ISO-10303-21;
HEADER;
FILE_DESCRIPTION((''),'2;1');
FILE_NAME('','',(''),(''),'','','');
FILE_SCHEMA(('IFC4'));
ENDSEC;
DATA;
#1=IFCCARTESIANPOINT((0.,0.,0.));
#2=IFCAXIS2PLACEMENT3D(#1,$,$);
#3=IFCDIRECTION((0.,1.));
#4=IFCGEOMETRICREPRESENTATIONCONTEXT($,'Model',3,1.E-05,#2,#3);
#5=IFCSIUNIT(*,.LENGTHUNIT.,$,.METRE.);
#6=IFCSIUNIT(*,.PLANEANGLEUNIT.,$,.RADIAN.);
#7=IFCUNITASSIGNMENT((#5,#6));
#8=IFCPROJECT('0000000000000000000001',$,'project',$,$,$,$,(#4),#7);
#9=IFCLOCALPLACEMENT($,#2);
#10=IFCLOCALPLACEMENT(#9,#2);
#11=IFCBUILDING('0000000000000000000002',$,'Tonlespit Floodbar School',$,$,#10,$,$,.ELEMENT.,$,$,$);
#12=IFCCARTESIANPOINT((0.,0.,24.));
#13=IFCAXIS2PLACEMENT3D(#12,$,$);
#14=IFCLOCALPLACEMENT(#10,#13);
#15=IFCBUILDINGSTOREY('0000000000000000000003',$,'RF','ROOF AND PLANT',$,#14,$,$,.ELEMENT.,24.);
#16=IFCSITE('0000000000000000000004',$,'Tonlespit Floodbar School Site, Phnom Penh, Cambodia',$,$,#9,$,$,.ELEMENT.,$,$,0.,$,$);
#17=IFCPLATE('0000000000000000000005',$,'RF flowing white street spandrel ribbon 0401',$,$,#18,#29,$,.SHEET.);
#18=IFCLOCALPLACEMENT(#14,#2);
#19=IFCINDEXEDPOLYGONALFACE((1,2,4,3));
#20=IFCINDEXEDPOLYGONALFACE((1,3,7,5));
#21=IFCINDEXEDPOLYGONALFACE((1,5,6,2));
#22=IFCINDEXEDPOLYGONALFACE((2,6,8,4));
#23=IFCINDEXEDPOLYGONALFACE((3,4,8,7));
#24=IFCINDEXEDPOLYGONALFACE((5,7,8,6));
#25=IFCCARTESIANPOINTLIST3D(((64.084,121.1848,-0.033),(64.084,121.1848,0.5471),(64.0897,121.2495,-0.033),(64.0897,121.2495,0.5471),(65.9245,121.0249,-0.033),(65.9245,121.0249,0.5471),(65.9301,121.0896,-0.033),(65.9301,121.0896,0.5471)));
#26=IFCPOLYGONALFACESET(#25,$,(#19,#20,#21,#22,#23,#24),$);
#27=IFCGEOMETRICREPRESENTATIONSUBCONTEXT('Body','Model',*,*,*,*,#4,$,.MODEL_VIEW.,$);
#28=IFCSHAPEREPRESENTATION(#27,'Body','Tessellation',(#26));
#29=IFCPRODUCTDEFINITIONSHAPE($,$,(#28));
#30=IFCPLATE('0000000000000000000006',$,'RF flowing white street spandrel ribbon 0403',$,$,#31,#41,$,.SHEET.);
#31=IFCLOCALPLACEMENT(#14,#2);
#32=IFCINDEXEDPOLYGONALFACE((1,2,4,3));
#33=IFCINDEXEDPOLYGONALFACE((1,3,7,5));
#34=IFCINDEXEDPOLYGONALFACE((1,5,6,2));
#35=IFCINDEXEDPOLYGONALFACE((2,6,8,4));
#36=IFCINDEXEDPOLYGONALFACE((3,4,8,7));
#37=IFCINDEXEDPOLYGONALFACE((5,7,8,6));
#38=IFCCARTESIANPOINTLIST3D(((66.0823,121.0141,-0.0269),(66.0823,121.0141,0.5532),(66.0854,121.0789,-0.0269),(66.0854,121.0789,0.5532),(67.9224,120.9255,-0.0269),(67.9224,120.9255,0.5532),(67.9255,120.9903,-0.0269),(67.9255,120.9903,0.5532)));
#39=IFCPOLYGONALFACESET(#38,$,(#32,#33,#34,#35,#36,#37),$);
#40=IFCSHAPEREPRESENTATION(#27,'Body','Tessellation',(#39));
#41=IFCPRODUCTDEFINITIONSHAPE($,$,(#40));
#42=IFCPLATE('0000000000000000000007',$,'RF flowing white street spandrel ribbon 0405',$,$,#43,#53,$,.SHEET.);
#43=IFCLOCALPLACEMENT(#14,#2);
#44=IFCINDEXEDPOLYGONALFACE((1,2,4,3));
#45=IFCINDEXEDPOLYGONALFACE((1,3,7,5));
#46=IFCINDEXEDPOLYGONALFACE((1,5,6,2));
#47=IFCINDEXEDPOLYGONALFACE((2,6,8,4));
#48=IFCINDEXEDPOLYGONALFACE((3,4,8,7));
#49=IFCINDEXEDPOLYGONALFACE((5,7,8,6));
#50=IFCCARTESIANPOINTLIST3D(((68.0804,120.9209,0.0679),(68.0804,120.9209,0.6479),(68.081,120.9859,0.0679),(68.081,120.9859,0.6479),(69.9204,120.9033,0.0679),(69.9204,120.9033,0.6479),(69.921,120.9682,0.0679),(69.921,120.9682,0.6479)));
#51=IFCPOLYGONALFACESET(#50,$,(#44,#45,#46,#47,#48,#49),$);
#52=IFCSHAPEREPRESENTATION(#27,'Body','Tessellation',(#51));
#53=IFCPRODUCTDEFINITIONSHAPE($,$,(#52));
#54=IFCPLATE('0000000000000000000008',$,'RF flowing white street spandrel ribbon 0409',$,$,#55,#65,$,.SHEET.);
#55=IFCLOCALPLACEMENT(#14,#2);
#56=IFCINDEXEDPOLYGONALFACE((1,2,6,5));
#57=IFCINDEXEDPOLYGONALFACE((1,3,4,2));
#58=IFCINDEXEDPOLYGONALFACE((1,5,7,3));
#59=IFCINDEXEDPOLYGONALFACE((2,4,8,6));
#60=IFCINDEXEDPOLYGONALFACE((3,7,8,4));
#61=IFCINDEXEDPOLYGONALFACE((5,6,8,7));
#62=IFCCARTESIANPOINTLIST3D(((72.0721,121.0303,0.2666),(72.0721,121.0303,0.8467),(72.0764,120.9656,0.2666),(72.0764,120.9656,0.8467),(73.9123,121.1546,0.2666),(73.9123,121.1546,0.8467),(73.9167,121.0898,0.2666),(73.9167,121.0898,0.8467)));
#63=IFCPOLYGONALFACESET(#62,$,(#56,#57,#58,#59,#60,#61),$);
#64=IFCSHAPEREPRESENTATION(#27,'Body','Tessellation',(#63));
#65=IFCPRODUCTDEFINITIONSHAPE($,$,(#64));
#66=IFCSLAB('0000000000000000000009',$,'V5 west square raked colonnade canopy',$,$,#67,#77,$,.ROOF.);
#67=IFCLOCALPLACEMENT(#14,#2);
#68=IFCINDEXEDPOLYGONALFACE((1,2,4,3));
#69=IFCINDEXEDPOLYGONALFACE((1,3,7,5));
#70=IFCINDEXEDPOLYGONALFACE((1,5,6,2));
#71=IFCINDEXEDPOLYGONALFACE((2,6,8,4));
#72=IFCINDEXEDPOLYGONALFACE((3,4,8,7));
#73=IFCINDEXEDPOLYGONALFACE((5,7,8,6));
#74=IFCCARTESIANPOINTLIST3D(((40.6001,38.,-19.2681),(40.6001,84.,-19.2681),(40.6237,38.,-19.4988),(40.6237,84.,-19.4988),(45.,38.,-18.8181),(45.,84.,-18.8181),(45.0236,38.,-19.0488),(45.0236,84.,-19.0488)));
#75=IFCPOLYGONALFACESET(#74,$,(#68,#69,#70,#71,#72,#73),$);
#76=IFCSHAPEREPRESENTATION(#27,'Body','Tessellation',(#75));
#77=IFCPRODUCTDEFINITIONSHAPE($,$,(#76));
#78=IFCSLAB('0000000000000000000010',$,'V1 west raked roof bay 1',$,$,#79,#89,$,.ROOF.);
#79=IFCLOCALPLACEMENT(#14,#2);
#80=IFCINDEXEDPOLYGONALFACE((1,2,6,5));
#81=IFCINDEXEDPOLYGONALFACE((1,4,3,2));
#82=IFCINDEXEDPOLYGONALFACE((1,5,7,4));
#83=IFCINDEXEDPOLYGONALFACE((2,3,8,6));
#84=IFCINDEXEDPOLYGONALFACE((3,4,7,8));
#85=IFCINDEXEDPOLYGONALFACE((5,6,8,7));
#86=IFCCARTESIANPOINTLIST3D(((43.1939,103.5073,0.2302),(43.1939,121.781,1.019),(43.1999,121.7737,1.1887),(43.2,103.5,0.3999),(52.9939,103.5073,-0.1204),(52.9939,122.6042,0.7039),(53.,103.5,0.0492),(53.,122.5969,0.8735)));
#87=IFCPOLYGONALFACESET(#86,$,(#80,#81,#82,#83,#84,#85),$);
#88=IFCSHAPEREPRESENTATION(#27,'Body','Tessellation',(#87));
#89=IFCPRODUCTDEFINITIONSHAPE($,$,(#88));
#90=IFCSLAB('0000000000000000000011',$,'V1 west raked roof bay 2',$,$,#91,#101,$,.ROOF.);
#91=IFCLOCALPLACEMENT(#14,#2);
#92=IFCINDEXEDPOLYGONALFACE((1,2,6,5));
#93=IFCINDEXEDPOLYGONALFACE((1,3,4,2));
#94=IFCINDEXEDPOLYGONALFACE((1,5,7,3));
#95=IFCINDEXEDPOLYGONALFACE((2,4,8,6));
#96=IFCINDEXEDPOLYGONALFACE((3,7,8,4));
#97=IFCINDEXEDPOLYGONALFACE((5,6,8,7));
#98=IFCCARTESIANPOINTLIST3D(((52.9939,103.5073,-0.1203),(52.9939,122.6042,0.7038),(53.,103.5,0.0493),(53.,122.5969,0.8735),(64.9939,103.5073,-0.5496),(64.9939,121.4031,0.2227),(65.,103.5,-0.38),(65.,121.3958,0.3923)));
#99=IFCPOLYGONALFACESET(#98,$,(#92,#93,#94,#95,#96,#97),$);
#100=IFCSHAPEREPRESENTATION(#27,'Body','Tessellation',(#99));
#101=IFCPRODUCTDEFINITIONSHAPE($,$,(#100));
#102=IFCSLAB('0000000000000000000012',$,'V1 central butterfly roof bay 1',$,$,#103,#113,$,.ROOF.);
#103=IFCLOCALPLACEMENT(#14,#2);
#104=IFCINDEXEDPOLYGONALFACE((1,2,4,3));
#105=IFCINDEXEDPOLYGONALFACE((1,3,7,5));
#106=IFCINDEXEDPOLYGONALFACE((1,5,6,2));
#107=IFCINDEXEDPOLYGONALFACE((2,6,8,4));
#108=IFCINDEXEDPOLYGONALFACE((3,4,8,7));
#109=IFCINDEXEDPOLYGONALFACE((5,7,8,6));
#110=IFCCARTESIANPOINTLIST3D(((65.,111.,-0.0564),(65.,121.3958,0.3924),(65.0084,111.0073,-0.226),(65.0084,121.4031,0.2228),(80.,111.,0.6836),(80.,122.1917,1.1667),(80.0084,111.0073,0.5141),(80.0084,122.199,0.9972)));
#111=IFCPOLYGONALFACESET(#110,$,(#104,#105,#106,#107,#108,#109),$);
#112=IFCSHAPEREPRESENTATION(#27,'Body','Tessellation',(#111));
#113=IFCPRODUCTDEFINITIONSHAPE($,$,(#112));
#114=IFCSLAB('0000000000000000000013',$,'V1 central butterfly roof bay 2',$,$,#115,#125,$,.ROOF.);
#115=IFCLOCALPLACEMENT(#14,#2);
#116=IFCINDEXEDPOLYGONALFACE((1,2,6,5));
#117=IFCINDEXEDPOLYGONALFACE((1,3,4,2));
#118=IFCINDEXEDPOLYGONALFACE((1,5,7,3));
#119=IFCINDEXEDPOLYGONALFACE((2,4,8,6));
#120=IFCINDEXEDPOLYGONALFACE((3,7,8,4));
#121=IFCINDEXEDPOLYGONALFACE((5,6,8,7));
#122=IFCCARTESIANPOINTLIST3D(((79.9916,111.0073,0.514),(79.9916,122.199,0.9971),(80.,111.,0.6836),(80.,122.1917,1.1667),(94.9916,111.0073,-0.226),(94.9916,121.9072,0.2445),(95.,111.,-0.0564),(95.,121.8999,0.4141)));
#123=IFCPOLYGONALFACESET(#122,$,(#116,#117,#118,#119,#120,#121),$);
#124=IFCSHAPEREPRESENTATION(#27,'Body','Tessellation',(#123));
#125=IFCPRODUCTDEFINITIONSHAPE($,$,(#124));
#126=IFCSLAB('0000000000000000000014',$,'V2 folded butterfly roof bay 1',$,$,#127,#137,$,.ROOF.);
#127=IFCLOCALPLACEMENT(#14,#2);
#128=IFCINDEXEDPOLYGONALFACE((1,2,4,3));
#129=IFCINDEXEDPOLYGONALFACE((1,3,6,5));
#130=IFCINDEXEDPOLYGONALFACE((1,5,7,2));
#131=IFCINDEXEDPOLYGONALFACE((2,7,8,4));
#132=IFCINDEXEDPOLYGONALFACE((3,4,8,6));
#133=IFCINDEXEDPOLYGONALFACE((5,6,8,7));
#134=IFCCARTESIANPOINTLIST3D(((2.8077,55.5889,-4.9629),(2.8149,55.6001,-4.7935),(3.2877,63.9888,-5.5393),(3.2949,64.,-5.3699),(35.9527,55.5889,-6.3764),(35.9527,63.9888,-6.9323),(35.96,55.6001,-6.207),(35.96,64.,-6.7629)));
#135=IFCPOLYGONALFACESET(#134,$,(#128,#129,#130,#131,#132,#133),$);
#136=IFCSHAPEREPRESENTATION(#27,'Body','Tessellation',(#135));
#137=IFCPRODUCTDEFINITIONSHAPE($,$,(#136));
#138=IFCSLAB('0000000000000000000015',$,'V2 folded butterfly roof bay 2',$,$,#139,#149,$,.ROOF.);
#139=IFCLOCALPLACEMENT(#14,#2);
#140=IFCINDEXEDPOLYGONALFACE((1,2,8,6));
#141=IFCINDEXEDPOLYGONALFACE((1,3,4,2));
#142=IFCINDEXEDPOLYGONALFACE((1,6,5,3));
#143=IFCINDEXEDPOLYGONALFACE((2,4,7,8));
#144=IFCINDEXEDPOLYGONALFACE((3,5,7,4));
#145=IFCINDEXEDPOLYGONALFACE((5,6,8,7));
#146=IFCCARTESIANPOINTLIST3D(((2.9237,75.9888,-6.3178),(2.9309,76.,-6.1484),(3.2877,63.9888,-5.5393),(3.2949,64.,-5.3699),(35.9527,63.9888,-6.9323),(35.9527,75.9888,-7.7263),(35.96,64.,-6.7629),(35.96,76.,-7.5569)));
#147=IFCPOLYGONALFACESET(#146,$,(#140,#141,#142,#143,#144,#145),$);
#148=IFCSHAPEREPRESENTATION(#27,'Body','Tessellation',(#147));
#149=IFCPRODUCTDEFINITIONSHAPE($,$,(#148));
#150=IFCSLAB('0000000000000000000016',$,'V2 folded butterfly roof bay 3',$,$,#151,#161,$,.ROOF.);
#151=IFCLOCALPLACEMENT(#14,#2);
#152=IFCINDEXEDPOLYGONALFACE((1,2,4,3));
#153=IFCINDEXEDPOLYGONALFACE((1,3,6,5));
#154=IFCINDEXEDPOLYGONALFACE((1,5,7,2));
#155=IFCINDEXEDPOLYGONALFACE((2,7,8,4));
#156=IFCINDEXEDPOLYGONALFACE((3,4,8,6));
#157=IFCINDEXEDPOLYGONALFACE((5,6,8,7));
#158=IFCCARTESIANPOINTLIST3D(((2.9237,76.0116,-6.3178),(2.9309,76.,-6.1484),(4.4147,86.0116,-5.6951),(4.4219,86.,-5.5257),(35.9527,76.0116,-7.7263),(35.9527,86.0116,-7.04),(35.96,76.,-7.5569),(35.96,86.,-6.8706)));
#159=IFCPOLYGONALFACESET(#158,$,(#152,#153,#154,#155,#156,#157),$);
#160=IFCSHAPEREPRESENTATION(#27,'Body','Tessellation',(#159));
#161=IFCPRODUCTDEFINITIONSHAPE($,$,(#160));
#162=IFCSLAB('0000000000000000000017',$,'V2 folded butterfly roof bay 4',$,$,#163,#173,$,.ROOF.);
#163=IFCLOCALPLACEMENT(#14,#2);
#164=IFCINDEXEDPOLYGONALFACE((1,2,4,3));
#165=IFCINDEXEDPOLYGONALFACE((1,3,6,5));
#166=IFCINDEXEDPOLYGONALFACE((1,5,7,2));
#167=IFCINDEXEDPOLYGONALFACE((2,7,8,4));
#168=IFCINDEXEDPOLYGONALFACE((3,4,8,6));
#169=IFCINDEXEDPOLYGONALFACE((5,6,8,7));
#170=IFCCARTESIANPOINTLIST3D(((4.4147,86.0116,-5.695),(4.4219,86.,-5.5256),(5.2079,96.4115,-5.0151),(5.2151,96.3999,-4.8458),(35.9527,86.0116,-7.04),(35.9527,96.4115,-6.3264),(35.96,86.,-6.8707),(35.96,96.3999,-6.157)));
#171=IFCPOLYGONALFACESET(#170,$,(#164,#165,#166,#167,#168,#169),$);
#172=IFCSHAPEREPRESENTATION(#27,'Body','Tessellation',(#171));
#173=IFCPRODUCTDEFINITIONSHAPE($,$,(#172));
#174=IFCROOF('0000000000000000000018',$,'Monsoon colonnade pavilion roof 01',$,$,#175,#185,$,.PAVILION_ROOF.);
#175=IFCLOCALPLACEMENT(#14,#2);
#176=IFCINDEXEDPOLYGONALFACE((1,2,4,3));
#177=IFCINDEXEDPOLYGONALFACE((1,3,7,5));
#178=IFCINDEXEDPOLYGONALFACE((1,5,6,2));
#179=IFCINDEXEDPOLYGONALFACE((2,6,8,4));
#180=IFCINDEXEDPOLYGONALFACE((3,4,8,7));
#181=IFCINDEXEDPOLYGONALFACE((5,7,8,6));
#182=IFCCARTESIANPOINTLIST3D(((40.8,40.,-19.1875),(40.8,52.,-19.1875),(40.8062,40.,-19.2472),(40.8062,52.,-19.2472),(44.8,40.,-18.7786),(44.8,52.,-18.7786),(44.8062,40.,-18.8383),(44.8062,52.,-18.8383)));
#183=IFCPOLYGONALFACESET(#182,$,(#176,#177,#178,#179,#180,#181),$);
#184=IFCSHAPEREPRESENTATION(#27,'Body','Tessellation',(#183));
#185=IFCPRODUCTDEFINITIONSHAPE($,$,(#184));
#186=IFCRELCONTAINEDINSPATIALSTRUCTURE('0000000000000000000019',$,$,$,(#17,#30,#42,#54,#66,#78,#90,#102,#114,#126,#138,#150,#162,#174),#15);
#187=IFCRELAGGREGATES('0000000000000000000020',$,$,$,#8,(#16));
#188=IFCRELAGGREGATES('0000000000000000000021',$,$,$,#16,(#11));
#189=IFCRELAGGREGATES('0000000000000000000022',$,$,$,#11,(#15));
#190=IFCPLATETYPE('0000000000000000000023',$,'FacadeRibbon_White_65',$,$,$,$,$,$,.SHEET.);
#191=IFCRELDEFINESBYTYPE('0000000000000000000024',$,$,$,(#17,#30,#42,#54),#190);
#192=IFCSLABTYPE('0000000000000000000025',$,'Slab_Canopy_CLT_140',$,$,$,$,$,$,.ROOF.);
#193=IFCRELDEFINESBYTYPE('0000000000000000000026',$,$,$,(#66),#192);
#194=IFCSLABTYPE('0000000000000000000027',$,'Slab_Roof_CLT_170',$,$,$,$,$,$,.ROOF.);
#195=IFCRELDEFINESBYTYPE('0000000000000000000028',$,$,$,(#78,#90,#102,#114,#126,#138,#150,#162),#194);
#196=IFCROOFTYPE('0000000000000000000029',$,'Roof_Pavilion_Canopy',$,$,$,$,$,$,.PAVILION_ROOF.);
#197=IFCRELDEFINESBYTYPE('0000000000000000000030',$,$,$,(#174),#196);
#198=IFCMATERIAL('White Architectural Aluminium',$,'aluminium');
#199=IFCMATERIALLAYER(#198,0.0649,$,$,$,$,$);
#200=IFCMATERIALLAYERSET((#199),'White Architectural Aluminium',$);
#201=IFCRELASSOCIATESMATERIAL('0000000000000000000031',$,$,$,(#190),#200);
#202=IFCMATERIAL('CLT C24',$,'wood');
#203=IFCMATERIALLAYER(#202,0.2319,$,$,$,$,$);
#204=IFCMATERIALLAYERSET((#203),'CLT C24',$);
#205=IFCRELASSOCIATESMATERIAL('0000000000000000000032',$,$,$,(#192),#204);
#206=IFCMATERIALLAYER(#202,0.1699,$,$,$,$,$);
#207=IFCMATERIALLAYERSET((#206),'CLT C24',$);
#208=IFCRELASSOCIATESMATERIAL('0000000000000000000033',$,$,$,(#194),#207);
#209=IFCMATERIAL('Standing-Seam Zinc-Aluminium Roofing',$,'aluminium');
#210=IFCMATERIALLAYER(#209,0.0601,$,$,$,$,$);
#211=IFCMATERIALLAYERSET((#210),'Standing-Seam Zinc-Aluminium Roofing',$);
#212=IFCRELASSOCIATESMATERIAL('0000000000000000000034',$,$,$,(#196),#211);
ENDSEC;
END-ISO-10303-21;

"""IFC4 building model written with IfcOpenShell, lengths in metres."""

from ifc_helpers import new_model, si_unit, direction, frame, origin, origin_2d, place, context, subcontext, project, spatial, polyline, rectangle, outline, extrude, material, layer, layer_set, type_object, element, save


model = new_model("IFC4")

# Units and contexts
model_context = context("Model", 3, precision=1e-05, world=origin(), true_north=direction((0.0, 1.0)))
body_context = subcontext(model_context, "Body", "Model", "MODEL_VIEW")
ifc_project = project(units=[si_unit("LENGTHUNIT", "METRE"), si_unit("PLANEANGLEUNIT", "RADIAN")], contexts=[model_context])

# Site, building, storey
site_placement = place(None, origin())
site = spatial("IfcSite", under=ifc_project, at=site_placement, Name="Tonlespit Floodbar School Site, Phnom Penh, Cambodia", CompositionType="ELEMENT", RefElevation=0.0)
building_placement = place(site_placement, origin())
building = spatial("IfcBuilding", under=site, at=building_placement, Name="Tonlespit Floodbar School", CompositionType="ELEMENT")
storey_placement = place(building_placement, frame((0.0, 0.0, 24.0)))
storey = spatial("IfcBuildingStorey", under=building, at=storey_placement, Name="RF", Description="ROOF AND PLANT", CompositionType="ELEMENT", Elevation=24.0)

# Plates
ifc_material_1 = material(Name="White Architectural Aluminium", Category="aluminium")
ifc_layer_1 = layer(ifc_material_1, 0.0649)
ifc_layer_set_1 = layer_set([ifc_layer_1], Name="White Architectural Aluminium")
plate_type = type_object("IfcPlateType", Name="FacadeRibbon_White_65", PredefinedType="SHEET", material=ifc_layer_set_1)
plate_1_placement = place(storey_placement, frame((65.0071, 121.1372, -0.033), z_axis=(0.0, 0.0, 1.0), x_axis=(0.996245, -0.086573, 0.0)))
element("IfcPlate", 1, at=plate_1_placement, inside=storey, type_object=plate_type, Name="RF flowing white street spandrel ribbon 0401", PredefinedType="SHEET", context=body_context, shape_type="SweptSolid", body=[
    extrude(rectangle(XDim=1.8474, YDim=0.0649, at=origin_2d()), origin(), (0.0, 0.0, 1.0), 0.5801),
])
plate_2_placement = place(storey_placement, frame((67.0039, 121.0022, -0.0269), z_axis=(0.0, 0.0, 1.0), x_axis=(0.998843, -0.048095, 0.0)))
element("IfcPlate", 2, at=plate_2_placement, inside=storey, type_object=plate_type, Name="RF flowing white street spandrel ribbon 0403", PredefinedType="SHEET", context=body_context, shape_type="SweptSolid", body=[
    extrude(rectangle(XDim=1.8423, YDim=0.0649, at=origin_2d()), origin(), (0.0, 0.0, 1.0), 0.5801),
])
plate_3_placement = place(storey_placement, frame((69.0007, 120.9446, 0.0679), z_axis=(0.0, 0.0, 1.0), x_axis=(0.999954, -0.009599, 0.0)))
element("IfcPlate", 3, at=plate_3_placement, inside=storey, type_object=plate_type, Name="RF flowing white street spandrel ribbon 0405", PredefinedType="SHEET", context=body_context, shape_type="SweptSolid", body=[
    extrude(rectangle(XDim=1.8401, YDim=0.0649, at=origin_2d()), origin(), (0.0, 0.0, 1.0), 0.5801),
])
plate_4_placement = place(storey_placement, frame((72.9944, 121.0601, 0.2666), z_axis=(0.0, 0.0, 1.0), x_axis=(0.99773, 0.067347, 0.0)))
element("IfcPlate", 4, at=plate_4_placement, inside=storey, type_object=plate_type, Name="RF flowing white street spandrel ribbon 0409", PredefinedType="SHEET", context=body_context, shape_type="SweptSolid", body=[
    extrude(rectangle(XDim=1.8445, YDim=0.0649, at=origin_2d()), origin(), (0.0, 0.0, 1.0), 0.5801),
])

# Slabs
ifc_material_2 = material(Name="CLT C24", Category="wood")
ifc_layer_2 = layer(ifc_material_2, 0.2319)
ifc_layer_set_2 = layer_set([ifc_layer_2], Name="CLT C24")
slab_type_1 = type_object("IfcSlabType", Name="Slab_Canopy_CLT_140", PredefinedType="ROOF", material=ifc_layer_set_2)
slab_1_placement = place(storey_placement, frame((40.6001, 38.0, -19.2681), z_axis=(-0.101733, 0.0, 0.994812), x_axis=(0.994812, 0.0, 0.101733)))
element("IfcSlab", 5, at=slab_1_placement, inside=storey, type_object=slab_type_1, Name="V5 west square raked colonnade canopy", PredefinedType="ROOF", context=body_context, shape_type="SweptSolid", body=[
    extrude(outline(polyline([(0.0, 0.0), (4.4228, 0.0), (4.4228, 46.0), (0.0, 46.0), (0.0, 0.0)])), origin(), (0.0, 0.0, -1.0), 0.2319),
])
ifc_layer_3 = layer(ifc_material_2, 0.1699)
ifc_layer_set_3 = layer_set([ifc_layer_3], Name="CLT C24")
slab_type_2 = type_object("IfcSlabType", Name="Slab_Roof_CLT_170", PredefinedType="ROOF", material=ifc_layer_set_3)
slab_2_placement = place(storey_placement, frame((43.2, 103.5, 0.3999), z_axis=(0.035725, -0.043096, 0.998432), x_axis=(0.99936, 0.0, -0.035758)))
element("IfcSlab", 6, at=slab_2_placement, inside=storey, type_object=slab_type_2, Name="V1 west raked roof bay 1", PredefinedType="ROOF", context=body_context, shape_type="SweptSolid", body=[
    extrude(outline(polyline([(0.0, 0.0), (9.8063, 0.0), (9.7769, 19.1147), (-0.0282, 18.2907), (0.0, 0.0)])), origin(), (0.0, 0.0, -1.0), 0.1699),
])
slab_3_placement = place(storey_placement, frame((53.0, 103.5, 0.0493), z_axis=(0.035717, -0.043088, 0.998433), x_axis=(0.999361, 0.0, -0.035751)))
element("IfcSlab", 7, at=slab_3_placement, inside=storey, type_object=slab_type_2, Name="V1 west raked roof bay 2", PredefinedType="ROOF", context=body_context, shape_type="SweptSolid", body=[
    extrude(outline(polyline([(0.0, 0.0), (12.0077, 0.0), (11.9801, 17.9124), (-0.0295, 19.1147), (0.0, 0.0)])), origin(), (0.0, 0.0, -1.0), 0.1699),
])
slab_4_placement = place(storey_placement, frame((65.0, 111.0, -0.0564), z_axis=(-0.049229, -0.043076, 0.997858), x_axis=(0.998785, 0.0, 0.049275)))
element("IfcSlab", 8, at=slab_4_placement, inside=storey, type_object=slab_type_2, Name="V1 central butterfly roof bay 1", PredefinedType="ROOF", context=body_context, shape_type="SweptSolid", body=[
    extrude(outline(polyline([(0.0, 0.0), (15.0182, 0.0), (15.042, 11.202), (0.0221, 10.4054), (0.0, 0.0)])), origin(), (0.0, 0.0, -1.0), 0.1699),
])
slab_5_placement = place(storey_placement, frame((80.0, 111.0, 0.6836), z_axis=(0.04923, -0.043074, 0.997858), x_axis=(0.998785, 0.0, -0.049276)))
element("IfcSlab", 9, at=slab_5_placement, inside=storey, type_object=slab_type_2, Name="V1 central butterfly roof bay 2", PredefinedType="ROOF", context=body_context, shape_type="SweptSolid", body=[
    extrude(outline(polyline([(0.0, 0.0), (15.0182, 0.0), (14.9951, 10.91), (-0.0238, 11.202), (0.0, 0.0)])), origin(), (0.0, 0.0, -1.0), 0.1699),
])
slab_6_placement = place(storey_placement, frame((2.8149, 55.6001, -4.7935), z_axis=(0.042516, 0.065978, 0.996915), x_axis=(0.999092, 0.0, -0.042609)))
element("IfcSlab", 10, at=slab_6_placement, inside=storey, type_object=slab_type_2, Name="V2 folded butterfly roof bay 1", PredefinedType="ROOF", context=body_context, shape_type="SweptSolid", body=[
    extrude(outline(polyline([(0.0, 0.0), (33.1751, 0.0), (33.1988, 8.4182), (0.5041, 8.4182), (0.0, 0.0)])), origin(), (0.0, 0.0, -1.0), 0.1699),
])
slab_7_placement = place(storey_placement, frame((3.2949, 64.0, -5.3699), z_axis=(0.042513, 0.065964, 0.996916), x_axis=(0.999092, 0.0, -0.042606)))
element("IfcSlab", 11, at=slab_7_placement, inside=storey, type_object=slab_type_2, Name="V2 folded butterfly roof bay 2", PredefinedType="ROOF", context=body_context, shape_type="SweptSolid", body=[
    extrude(outline(polyline([(0.0, 0.0), (32.6947, 0.0), (32.7286, 12.0262), (-0.3305, 12.0262), (0.0, 0.0)])), origin(), (0.0, 0.0, -1.0), 0.1699),
])
slab_8_placement = place(storey_placement, frame((2.9309, 76.0, -6.1484), z_axis=(0.042506, -0.06841, 0.996751), x_axis=(0.999092, 0.0, -0.042606)))
element("IfcSlab", 12, at=slab_8_placement, inside=storey, type_object=slab_type_2, Name="V2 folded butterfly roof bay 3", PredefinedType="ROOF", context=body_context, shape_type="SweptSolid", body=[
    extrude(outline(polyline([(0.0, 0.0), (33.0591, 0.0), (33.0298, 10.0235), (1.4631, 10.0235), (0.0, 0.0)])), origin(), (0.0, 0.0, -1.0), 0.1699),
])
slab_9_placement = place(storey_placement, frame((4.4219, 86.0, -5.5256), z_axis=(0.04251, -0.068402, 0.996752), x_axis=(0.999092, 0.0, -0.042609)))
element("IfcSlab", 13, at=slab_9_placement, inside=storey, type_object=slab_type_2, Name="V2 folded butterfly roof bay 4", PredefinedType="ROOF", context=body_context, shape_type="SweptSolid", body=[
    extrude(outline(polyline([(0.0, 0.0), (31.5668, 0.0), (31.5363, 10.4243), (0.7635, 10.4243), (0.0, 0.0)])), origin(), (0.0, 0.0, -1.0), 0.1699),
])

# Roof
ifc_material_3 = material(Name="Standing-Seam Zinc-Aluminium Roofing", Category="aluminium")
ifc_layer_4 = layer(ifc_material_3, 0.0601)
ifc_layer_set_4 = layer_set([ifc_layer_4], Name="Standing-Seam Zinc-Aluminium Roofing")
roof_type = type_object("IfcRoofType", Name="Roof_Pavilion_Canopy", PredefinedType="PAVILION_ROOF", material=ifc_layer_set_4)
for number, where, z_axis, x_axis, name in (
    (14, (40.8, 40.0, -19.1875), (-0.101704, 0.0, 0.994815), (0.994815, 0.0, 0.101704), "Monsoon colonnade pavilion roof 01"),
):
    element("IfcRoof", number, at=place(storey_placement, frame(where, z_axis=z_axis, x_axis=x_axis)), inside=storey, type_object=roof_type, Name=name, PredefinedType="PAVILION_ROOF", context=body_context, shape_type="SweptSolid", body=[
        extrude(outline(polyline([(0.0, 0.0), (4.0208, 0.0), (4.0208, 12.0), (0.0, 12.0), (0.0, 0.0)])), origin(), (0.0, 0.0, -1.0), 0.0601),
    ])

save(model, "model.ifc")
